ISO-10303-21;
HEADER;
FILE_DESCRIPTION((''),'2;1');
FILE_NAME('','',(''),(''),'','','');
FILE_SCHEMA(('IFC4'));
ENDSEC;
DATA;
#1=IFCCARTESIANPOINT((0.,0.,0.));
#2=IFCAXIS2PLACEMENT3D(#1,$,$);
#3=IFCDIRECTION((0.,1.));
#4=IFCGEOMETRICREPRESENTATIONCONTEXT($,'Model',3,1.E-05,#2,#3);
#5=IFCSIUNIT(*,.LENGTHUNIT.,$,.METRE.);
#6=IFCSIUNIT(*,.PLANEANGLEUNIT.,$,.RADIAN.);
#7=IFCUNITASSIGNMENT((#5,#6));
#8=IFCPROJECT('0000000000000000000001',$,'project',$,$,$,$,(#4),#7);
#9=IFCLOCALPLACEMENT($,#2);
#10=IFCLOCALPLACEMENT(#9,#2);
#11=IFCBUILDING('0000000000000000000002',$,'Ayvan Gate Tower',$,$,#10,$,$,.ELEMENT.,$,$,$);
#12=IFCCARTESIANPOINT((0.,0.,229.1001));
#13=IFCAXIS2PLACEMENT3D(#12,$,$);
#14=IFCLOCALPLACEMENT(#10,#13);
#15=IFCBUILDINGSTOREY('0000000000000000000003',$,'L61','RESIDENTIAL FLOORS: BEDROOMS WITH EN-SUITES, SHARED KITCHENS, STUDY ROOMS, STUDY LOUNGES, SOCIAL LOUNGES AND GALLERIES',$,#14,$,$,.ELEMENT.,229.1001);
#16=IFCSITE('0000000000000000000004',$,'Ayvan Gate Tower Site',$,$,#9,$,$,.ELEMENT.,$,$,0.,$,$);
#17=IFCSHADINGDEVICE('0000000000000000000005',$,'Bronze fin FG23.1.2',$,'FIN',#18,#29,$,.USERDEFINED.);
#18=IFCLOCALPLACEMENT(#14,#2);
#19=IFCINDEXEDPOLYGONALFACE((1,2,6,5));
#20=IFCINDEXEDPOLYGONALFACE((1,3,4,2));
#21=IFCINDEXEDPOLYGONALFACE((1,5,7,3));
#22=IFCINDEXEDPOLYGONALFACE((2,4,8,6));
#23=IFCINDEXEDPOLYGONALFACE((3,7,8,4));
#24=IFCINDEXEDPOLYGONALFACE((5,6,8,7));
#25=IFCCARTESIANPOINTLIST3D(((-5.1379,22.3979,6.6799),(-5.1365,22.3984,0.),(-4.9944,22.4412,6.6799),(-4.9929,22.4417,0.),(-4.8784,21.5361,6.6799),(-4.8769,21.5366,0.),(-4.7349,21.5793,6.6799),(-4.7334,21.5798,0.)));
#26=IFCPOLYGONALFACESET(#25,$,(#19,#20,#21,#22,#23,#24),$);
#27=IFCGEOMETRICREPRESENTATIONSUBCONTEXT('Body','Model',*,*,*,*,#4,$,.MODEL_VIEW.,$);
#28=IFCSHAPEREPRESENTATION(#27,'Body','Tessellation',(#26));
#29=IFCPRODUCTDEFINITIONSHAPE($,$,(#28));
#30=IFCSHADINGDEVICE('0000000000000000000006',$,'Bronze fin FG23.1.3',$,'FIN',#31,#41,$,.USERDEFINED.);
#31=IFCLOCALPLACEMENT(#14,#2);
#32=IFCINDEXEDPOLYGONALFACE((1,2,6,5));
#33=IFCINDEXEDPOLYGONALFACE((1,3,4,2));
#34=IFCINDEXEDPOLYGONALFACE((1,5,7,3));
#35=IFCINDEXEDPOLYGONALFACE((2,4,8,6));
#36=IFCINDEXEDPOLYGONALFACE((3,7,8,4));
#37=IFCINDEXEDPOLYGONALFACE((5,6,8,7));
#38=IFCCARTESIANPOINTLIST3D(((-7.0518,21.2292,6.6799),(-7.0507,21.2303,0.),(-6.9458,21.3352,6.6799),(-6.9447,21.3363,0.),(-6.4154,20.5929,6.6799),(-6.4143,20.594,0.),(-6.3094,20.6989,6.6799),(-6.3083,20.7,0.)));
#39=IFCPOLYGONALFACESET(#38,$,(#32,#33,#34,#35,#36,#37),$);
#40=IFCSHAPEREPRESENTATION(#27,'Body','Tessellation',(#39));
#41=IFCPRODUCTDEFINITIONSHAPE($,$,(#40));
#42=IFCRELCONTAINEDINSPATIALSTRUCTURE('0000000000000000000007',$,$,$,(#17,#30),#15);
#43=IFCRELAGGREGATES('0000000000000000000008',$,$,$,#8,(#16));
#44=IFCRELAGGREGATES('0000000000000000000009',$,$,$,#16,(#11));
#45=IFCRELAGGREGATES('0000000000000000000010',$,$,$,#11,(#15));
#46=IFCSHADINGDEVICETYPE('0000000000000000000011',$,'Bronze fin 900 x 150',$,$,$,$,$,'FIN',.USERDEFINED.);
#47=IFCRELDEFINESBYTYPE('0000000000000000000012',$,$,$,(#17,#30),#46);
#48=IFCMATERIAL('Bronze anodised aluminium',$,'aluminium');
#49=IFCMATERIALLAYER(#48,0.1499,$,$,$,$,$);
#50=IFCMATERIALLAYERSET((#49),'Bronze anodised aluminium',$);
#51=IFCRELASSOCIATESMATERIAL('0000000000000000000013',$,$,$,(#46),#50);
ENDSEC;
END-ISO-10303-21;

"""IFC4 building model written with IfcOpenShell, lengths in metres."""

from ifc_helpers import new_model, si_unit, direction, frame, origin, place, context, subcontext, project, spatial, polyline, outline, extrude, material, layer, layer_set, type_object, element, save


model = new_model("IFC4")

# Units and contexts
model_context = context("Model", 3, precision=1e-05, world=origin(), true_north=direction((0.0, 1.0)))
body_context = subcontext(model_context, "Body", "Model", "MODEL_VIEW")
ifc_project = project(units=[si_unit("LENGTHUNIT", "METRE"), si_unit("PLANEANGLEUNIT", "RADIAN")], contexts=[model_context])

# Site, building, storey
site_placement = place(None, origin())
site = spatial("IfcSite", under=ifc_project, at=site_placement, Name="Ayvan Gate Tower Site", CompositionType="ELEMENT", RefElevation=0.0)
building_placement = place(site_placement, origin())
building = spatial("IfcBuilding", under=site, at=building_placement, Name="Ayvan Gate Tower", CompositionType="ELEMENT")
storey_placement = place(building_placement, frame((0.0, 0.0, 229.1001)))
storey = spatial("IfcBuildingStorey", under=building, at=storey_placement, Name="L61", Description="RESIDENTIAL FLOORS: BEDROOMS WITH EN-SUITES, SHARED KITCHENS, STUDY ROOMS, STUDY LOUNGES, SOCIAL LOUNGES AND GALLERIES", CompositionType="ELEMENT", Elevation=229.1001)

# Shared definitions
ifc_material_1 = material(Name="Bronze anodised aluminium", Category="aluminium")

# Shading devices
ifc_layer_1 = layer(ifc_material_1, 0.1499)
ifc_layer_set_1 = layer_set([ifc_layer_1], Name="Bronze anodised aluminium")
shading_device_type = type_object("IfcShadingDeviceType", Name="Bronze fin 900 x 150", ElementType="FIN", PredefinedType="USERDEFINED", material=ifc_layer_set_1)
shading_device_1_placement = place(storey_placement, frame((-4.7334, 21.5798, 0.0), z_axis=(0.957527, 0.288343, 0.000231), x_axis=(-0.288343, 0.957527, 0.0)))
element("IfcShadingDevice", 1, at=shading_device_1_placement, inside=storey, type_object=shading_device_type, Name="Bronze fin FG23.1.2", ObjectType="FIN", PredefinedType="USERDEFINED", context=body_context, shape_type="SweptSolid", body=[
    extrude(outline(polyline([(0.0, 0.0), (0.9, 0.0), (0.9, 6.6799), (0.0, 6.6799), (0.0, 0.0)])), origin(), (0.0, 0.0, -1.0), 0.1499),
])
shading_device_2_placement = place(storey_placement, frame((-6.3083, 20.7, 0.0), z_axis=(0.707107, 0.707107, 0.000233), x_axis=(-0.707107, 0.707107, 0.0)))
element("IfcShadingDevice", 2, at=shading_device_2_placement, inside=storey, type_object=shading_device_type, Name="Bronze fin FG23.1.3", ObjectType="FIN", PredefinedType="USERDEFINED", context=body_context, shape_type="SweptSolid", body=[
    extrude(outline(polyline([(0.0, 0.0), (0.8999, 0.0), (0.8999, 6.6799), (0.0, 6.6799), (0.0, 0.0)])), origin(), (0.0, 0.0, -1.0), 0.1499),
])

save(model, "model.ifc")
